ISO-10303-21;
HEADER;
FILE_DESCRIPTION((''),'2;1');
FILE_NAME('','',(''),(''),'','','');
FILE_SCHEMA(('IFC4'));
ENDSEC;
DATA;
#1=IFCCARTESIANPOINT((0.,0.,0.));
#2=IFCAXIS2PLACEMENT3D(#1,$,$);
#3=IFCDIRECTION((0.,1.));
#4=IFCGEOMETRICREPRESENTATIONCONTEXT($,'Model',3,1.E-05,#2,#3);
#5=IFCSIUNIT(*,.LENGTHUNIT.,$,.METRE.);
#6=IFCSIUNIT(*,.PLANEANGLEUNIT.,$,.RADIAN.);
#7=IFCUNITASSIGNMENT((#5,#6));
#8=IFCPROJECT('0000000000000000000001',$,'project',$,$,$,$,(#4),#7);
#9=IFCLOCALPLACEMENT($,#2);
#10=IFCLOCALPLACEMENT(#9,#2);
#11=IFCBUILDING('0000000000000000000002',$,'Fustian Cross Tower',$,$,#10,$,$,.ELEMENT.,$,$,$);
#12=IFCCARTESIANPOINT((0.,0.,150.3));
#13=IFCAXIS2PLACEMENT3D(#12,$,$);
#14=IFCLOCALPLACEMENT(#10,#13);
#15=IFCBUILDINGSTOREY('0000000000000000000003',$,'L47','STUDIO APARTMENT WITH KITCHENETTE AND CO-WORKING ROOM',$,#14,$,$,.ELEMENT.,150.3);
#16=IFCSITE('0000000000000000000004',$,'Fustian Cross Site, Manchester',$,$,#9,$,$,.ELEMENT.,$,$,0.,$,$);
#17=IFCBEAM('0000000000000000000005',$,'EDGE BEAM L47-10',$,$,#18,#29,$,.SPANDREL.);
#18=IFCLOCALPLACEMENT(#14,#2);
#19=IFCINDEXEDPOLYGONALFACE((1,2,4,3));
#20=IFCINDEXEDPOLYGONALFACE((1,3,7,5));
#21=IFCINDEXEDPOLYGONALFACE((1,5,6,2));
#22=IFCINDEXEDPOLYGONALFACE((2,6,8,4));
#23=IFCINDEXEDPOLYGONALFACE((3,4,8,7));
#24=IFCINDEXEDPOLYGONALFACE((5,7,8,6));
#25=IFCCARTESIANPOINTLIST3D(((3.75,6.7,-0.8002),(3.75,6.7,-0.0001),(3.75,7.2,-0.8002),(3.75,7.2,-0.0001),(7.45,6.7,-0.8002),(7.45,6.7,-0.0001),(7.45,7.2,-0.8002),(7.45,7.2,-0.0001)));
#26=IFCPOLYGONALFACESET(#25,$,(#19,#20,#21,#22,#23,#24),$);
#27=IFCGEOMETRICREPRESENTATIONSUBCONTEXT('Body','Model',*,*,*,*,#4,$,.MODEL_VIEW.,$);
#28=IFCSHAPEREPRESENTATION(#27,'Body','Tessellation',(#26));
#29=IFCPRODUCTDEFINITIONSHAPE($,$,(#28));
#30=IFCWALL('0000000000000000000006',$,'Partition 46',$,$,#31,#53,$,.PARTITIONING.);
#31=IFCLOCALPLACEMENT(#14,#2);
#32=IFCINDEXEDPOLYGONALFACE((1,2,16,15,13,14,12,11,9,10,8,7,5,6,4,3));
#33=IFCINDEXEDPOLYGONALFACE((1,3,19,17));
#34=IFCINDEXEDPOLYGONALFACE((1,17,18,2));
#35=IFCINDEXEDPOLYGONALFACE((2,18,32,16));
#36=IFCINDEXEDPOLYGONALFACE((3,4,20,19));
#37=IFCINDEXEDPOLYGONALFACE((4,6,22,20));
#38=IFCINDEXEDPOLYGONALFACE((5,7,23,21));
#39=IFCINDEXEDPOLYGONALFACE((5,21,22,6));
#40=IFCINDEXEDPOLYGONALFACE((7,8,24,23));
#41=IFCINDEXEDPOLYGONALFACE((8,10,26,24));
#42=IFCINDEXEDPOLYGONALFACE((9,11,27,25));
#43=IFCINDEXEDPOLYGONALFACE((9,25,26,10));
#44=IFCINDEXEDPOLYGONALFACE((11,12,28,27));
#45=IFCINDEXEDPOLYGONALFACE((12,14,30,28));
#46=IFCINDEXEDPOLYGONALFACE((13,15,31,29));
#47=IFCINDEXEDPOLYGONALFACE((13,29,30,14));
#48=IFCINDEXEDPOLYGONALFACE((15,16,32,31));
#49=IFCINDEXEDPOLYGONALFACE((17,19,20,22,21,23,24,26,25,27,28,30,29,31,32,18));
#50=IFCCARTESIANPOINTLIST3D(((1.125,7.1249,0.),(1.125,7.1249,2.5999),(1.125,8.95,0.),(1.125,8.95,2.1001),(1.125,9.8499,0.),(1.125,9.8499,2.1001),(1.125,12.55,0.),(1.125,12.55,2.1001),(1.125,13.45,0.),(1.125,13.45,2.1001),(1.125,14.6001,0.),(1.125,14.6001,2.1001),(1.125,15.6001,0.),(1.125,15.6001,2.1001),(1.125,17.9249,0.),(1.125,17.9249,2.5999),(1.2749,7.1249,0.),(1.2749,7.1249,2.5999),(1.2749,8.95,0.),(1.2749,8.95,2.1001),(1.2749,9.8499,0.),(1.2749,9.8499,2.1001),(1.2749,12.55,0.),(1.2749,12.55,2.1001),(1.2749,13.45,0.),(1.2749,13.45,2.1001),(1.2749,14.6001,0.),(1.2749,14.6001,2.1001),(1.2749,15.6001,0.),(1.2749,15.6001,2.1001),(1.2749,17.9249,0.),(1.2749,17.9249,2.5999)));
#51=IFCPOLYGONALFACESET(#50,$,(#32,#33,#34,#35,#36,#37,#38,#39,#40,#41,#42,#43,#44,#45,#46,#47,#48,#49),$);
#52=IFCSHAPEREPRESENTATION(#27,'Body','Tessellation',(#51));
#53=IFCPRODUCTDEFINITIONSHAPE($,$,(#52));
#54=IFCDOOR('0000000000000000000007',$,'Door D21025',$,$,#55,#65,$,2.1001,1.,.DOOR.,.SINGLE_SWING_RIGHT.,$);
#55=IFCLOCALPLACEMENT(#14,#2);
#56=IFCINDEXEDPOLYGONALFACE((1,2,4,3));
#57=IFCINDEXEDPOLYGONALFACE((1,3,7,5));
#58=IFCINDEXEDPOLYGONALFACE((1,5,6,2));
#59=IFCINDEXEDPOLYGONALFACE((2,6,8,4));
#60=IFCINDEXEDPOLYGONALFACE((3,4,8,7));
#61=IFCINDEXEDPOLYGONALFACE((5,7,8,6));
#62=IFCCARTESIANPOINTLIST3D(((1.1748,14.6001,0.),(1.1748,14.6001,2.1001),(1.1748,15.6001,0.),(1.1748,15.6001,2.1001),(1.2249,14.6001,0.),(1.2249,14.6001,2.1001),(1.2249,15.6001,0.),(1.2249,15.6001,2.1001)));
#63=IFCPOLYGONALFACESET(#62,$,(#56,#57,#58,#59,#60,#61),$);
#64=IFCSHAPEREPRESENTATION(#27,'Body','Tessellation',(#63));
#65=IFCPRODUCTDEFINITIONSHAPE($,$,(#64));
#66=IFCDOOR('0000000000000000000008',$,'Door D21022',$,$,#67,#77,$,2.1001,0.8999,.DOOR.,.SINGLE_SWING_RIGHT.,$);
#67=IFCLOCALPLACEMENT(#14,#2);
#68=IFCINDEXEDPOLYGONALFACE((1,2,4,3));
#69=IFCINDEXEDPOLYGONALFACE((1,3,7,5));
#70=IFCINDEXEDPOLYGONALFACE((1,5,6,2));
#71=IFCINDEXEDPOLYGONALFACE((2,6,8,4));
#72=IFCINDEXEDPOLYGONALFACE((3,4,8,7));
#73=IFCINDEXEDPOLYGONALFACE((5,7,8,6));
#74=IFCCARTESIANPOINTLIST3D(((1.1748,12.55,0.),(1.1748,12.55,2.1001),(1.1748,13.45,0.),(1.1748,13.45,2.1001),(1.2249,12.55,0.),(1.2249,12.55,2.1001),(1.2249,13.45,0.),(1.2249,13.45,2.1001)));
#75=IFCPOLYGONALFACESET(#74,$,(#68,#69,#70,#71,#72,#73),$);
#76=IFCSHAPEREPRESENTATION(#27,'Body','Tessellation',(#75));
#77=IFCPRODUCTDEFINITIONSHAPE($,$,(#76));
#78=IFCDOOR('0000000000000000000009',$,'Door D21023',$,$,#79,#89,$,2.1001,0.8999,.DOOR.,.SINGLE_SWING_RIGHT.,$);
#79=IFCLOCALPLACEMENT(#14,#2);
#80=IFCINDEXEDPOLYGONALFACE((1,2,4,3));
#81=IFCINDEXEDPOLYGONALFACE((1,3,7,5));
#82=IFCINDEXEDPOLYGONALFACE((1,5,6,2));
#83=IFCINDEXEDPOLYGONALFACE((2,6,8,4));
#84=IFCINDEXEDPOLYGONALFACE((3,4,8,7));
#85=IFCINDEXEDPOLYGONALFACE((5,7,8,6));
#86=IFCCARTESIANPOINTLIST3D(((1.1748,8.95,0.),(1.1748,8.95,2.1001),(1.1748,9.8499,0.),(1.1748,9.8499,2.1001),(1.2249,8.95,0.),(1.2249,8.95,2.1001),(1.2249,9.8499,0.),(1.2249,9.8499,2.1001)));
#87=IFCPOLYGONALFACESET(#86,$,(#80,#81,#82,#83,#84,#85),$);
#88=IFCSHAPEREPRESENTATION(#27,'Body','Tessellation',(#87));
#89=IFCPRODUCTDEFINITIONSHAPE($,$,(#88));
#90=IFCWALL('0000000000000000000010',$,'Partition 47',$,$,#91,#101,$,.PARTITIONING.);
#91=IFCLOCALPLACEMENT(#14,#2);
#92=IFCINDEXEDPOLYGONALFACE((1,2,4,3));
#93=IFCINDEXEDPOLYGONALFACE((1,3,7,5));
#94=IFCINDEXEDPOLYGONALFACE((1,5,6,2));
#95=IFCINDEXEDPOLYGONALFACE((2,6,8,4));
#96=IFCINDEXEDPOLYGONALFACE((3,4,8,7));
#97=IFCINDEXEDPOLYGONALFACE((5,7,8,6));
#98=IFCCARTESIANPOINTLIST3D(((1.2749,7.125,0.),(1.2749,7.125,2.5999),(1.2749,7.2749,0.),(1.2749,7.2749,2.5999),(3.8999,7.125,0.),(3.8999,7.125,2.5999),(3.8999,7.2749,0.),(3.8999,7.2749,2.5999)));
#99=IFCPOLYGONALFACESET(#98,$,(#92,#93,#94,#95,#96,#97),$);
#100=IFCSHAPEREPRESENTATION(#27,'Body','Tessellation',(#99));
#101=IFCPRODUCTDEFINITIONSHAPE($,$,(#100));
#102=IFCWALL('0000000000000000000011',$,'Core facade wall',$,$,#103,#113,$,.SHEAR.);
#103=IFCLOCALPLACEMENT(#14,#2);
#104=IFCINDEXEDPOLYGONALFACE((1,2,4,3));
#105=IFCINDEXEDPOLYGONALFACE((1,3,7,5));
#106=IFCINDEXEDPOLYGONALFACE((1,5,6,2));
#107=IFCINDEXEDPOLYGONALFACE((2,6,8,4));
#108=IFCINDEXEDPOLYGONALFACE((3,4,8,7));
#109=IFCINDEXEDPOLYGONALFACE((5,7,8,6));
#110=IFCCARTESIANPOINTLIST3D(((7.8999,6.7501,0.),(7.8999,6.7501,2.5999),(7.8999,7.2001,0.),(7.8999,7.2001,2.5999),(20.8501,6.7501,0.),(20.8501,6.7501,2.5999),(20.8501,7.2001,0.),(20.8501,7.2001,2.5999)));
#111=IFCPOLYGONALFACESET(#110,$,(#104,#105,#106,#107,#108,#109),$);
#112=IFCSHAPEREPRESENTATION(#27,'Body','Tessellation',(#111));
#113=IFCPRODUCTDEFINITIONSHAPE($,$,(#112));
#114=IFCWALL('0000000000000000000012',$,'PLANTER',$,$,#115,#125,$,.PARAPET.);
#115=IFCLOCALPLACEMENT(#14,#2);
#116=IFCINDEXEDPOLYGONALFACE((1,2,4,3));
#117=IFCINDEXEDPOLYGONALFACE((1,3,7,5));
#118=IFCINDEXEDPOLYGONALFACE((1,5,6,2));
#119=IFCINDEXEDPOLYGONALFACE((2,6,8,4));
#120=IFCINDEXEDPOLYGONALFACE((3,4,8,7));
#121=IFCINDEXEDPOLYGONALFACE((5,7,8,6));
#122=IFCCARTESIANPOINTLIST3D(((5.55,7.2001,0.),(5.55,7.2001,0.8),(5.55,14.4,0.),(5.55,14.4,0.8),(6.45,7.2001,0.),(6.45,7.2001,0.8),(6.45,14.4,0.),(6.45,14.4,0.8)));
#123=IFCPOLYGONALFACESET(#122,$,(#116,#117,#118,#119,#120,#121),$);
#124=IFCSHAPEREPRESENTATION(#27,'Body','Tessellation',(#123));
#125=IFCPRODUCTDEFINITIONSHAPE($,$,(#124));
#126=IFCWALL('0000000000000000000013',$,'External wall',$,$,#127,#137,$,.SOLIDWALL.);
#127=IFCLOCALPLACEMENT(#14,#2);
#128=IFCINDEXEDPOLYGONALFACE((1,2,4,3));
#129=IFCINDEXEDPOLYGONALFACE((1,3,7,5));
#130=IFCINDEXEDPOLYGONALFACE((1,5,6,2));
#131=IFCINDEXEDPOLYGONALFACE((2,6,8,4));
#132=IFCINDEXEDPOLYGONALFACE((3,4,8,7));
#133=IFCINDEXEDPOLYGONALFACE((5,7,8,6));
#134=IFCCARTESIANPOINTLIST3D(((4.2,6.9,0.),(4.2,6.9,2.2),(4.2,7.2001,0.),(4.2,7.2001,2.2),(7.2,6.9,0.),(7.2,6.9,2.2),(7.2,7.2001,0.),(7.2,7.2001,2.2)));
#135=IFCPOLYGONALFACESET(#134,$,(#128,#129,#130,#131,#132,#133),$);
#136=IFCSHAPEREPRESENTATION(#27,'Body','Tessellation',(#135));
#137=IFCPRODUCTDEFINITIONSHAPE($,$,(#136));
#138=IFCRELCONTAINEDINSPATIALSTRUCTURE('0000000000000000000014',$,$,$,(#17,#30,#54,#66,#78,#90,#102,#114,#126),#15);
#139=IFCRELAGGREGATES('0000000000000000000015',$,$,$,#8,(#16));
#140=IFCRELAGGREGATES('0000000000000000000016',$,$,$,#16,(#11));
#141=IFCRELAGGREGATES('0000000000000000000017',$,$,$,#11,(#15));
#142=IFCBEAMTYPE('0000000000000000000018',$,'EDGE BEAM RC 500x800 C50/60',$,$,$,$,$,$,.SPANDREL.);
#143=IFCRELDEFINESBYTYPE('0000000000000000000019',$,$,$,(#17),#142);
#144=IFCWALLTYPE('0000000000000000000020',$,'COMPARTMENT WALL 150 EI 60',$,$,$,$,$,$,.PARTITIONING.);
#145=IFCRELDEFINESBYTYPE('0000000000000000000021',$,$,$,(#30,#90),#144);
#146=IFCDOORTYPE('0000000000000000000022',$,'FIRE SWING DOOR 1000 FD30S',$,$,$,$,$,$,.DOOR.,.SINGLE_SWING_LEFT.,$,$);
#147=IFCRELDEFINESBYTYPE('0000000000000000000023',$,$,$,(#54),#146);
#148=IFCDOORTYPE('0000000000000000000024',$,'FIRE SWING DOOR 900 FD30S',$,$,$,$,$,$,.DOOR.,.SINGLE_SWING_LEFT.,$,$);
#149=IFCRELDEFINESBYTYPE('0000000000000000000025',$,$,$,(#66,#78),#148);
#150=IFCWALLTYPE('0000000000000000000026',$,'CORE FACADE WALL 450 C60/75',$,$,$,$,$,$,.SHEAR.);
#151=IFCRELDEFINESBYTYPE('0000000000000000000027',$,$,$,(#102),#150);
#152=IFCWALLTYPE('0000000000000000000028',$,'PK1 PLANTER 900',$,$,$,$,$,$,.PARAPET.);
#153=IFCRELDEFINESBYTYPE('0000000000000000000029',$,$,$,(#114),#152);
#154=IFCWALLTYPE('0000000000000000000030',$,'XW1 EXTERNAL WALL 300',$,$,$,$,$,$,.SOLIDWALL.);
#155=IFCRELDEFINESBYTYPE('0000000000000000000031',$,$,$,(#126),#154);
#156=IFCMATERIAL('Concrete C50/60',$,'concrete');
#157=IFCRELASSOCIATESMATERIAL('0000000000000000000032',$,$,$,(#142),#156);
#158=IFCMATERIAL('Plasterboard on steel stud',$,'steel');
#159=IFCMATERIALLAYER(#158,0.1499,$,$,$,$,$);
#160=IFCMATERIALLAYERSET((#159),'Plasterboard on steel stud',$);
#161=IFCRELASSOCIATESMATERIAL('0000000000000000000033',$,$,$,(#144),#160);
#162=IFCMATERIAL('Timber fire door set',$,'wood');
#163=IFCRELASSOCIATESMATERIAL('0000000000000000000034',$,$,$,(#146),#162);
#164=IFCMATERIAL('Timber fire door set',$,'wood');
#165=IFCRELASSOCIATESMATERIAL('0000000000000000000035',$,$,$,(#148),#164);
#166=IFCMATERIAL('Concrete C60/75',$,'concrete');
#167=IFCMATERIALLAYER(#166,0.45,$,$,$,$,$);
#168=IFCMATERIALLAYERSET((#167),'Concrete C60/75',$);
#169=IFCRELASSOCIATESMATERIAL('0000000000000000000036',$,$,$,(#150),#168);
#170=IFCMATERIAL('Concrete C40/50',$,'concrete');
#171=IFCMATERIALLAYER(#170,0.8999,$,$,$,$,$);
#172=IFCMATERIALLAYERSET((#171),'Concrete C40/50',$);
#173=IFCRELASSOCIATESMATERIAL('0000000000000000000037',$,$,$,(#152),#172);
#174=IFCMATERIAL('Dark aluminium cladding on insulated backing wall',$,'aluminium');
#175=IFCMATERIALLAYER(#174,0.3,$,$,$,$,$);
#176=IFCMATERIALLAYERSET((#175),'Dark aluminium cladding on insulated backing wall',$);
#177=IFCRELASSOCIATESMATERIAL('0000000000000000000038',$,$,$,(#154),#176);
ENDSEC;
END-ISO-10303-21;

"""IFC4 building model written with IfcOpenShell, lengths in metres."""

from ifc_helpers import new_model, si_unit, direction, frame, frame_2d, origin, origin_2d, place, context, subcontext, project, spatial, rectangle, extrude, material, layer, layer_set, material_profile, profile_set, type_object, element, fill, save


model = new_model("IFC4")

# Units and contexts
model_context = context("Model", 3, precision=1e-05, world=origin(), true_north=direction((0.0, 1.0)))
body_context = subcontext(model_context, "Body", "Model", "MODEL_VIEW")
ifc_project = project(units=[si_unit("LENGTHUNIT", "METRE"), si_unit("PLANEANGLEUNIT", "RADIAN")], contexts=[model_context])

# Site, building, storey
site_placement = place(None, origin())
site = spatial("IfcSite", under=ifc_project, at=site_placement, Name="Fustian Cross Site, Manchester", CompositionType="ELEMENT", RefElevation=0.0)
building_placement = place(site_placement, origin())
building = spatial("IfcBuilding", under=site, at=building_placement, Name="Fustian Cross Tower", CompositionType="ELEMENT")
storey_placement = place(building_placement, frame((0.0, 0.0, 150.3)))
storey = spatial("IfcBuildingStorey", under=building, at=storey_placement, Name="L47", Description="STUDIO APARTMENT WITH KITCHENETTE AND CO-WORKING ROOM", CompositionType="ELEMENT", Elevation=150.3)

# Beam
ifc_material_1 = material(Name="Concrete C50/60", Category="concrete")
ifc_material_profile = material_profile(ifc_material_1, rectangle(XDim=0.5, YDim=0.8, at=origin_2d()), Name="RC 500x800")
ifc_profile_set = profile_set([ifc_material_profile], Name="Concrete C50/60")
beam_type = type_object("IfcBeamType", Name="EDGE BEAM RC 500x800 C50/60", PredefinedType="SPANDREL", material=ifc_profile_set)
beam_placement = place(storey_placement, frame((7.45, 6.95, -0.4001), z_axis=(-1.0, 0.0, 0.0), x_axis=(0.0, -1.0, 0.0)))
element("IfcBeam", 1, at=beam_placement, inside=storey, type_object=beam_type, Name="EDGE BEAM L47-10", PredefinedType="SPANDREL", context=body_context, shape_type="SweptSolid", body=[
    extrude(rectangle(XDim=0.5, YDim=0.8, at=origin_2d()), origin(), (0.0, 0.0, 1.0), 3.7),
])

# Wall, openings, doors
ifc_material_2 = material(Name="Plasterboard on steel stud", Category="steel")
ifc_layer_1 = layer(ifc_material_2, 0.1499)
ifc_layer_set_1 = layer_set([ifc_layer_1], Name="Plasterboard on steel stud")
wall_type_1 = type_object("IfcWallType", Name="COMPARTMENT WALL 150 EI 60", PredefinedType="PARTITIONING", material=ifc_layer_set_1)
wall_1_placement = place(storey_placement, frame((1.2, 7.125, 0.0), z_axis=(0.0, 0.0, 1.0), x_axis=(0.0, 1.0, 0.0)))
wall_1 = element("IfcWall", 2, at=wall_1_placement, inside=storey, type_object=wall_type_1, Name="Partition 46", PredefinedType="PARTITIONING", context=body_context, shape_type="SweptSolid", body=[
    extrude(rectangle(XDim=10.8, YDim=0.1499, at=frame_2d((5.3999, 0.0))), origin(), (0.0, 0.0, 1.0), 2.5999),
])
opening_1_placement = place(wall_1_placement, frame((5.425, 0.0, 0.0)))
opening_1 = element("IfcOpeningElement", 3, at=opening_1_placement, cuts=wall_1, PredefinedType="OPENING", context=body_context, shape_type="SweptSolid", body=[
    extrude(rectangle(XDim=0.8999, YDim=2.1001, at=frame_2d((0.45, 1.05))), frame((0.0, 0.085, 0.0), z_axis=(0.0, -1.0, 0.0), x_axis=(1.0, 0.0, 0.0)), (0.0, 0.0, 1.0), 0.1699),
])
opening_2_placement = place(wall_1_placement, frame((1.825, 0.0, 0.0)))
opening_2 = element("IfcOpeningElement", 4, at=opening_2_placement, cuts=wall_1, PredefinedType="OPENING", context=body_context, shape_type="SweptSolid", body=[
    extrude(rectangle(XDim=0.8999, YDim=2.1001, at=frame_2d((0.45, 1.05))), frame((0.0, 0.085, 0.0), z_axis=(0.0, -1.0, 0.0), x_axis=(1.0, 0.0, 0.0)), (0.0, 0.0, 1.0), 0.1699),
])
opening_3_placement = place(wall_1_placement, frame((7.4751, 0.0, 0.0)))
opening_3 = element("IfcOpeningElement", 5, at=opening_3_placement, cuts=wall_1, PredefinedType="OPENING", context=body_context, shape_type="SweptSolid", body=[
    extrude(rectangle(XDim=1.0, YDim=2.1001, at=frame_2d((0.5, 1.05))), frame((0.0, 0.085, 0.0), z_axis=(0.0, -1.0, 0.0), x_axis=(1.0, 0.0, 0.0)), (0.0, 0.0, 1.0), 0.1699),
])
ifc_material_3 = material(Name="Timber fire door set", Category="wood")
door_type_1 = type_object("IfcDoorType", Name="FIRE SWING DOOR 1000 FD30S", OperationType="SINGLE_SWING_LEFT", PredefinedType="DOOR", material=ifc_material_3)
door_1_placement = place(opening_3_placement, frame((1.0, 0.0, 0.0), z_axis=(0.0, 0.0, 1.0), x_axis=(-1.0, 0.0, 0.0)))
door_1 = element("IfcDoor", 6, at=door_1_placement, inside=storey, type_object=door_type_1, Name="Door D21025", OperationType="SINGLE_SWING_RIGHT", OverallHeight=2.1001, OverallWidth=1.0, PredefinedType="DOOR", context=body_context, shape_type="SweptSolid", body=[
    extrude(rectangle(XDim=1.0, YDim=2.1001, at=frame_2d((0.5, 1.05))), frame((0.0, 0.0249, 0.0), z_axis=(0.0, -1.0, 0.0), x_axis=(1.0, 0.0, 0.0)), (0.0, 0.0, 1.0), 0.05),
])
fill(opening_3, door_1)
ifc_material_4 = material(Name="Timber fire door set", Category="wood")
door_type_2 = type_object("IfcDoorType", Name="FIRE SWING DOOR 900 FD30S", OperationType="SINGLE_SWING_LEFT", PredefinedType="DOOR", material=ifc_material_4)
door_2_placement = place(opening_1_placement, frame((0.8999, 0.0, 0.0), z_axis=(0.0, 0.0, 1.0), x_axis=(-1.0, 0.0, 0.0)))
door_2 = element("IfcDoor", 7, at=door_2_placement, inside=storey, type_object=door_type_2, Name="Door D21022", OperationType="SINGLE_SWING_RIGHT", OverallHeight=2.1001, OverallWidth=0.8999, PredefinedType="DOOR", context=body_context, shape_type="SweptSolid", body=[
    extrude(rectangle(XDim=0.8999, YDim=2.1001, at=frame_2d((0.45, 1.05))), frame((0.0, 0.0249, 0.0), z_axis=(0.0, -1.0, 0.0), x_axis=(1.0, 0.0, 0.0)), (0.0, 0.0, 1.0), 0.05),
])
fill(opening_1, door_2)
door_3_placement = place(opening_2_placement, frame((0.8999, 0.0, 0.0), z_axis=(0.0, 0.0, 1.0), x_axis=(-1.0, 0.0, 0.0)))
door_3 = element("IfcDoor", 8, at=door_3_placement, inside=storey, type_object=door_type_2, Name="Door D21023", OperationType="SINGLE_SWING_RIGHT", OverallHeight=2.1001, OverallWidth=0.8999, PredefinedType="DOOR", context=body_context, shape_type="SweptSolid", body=[
    extrude(rectangle(XDim=0.8999, YDim=2.1001, at=frame_2d((0.45, 1.05))), frame((0.0, 0.0249, 0.0), z_axis=(0.0, -1.0, 0.0), x_axis=(1.0, 0.0, 0.0)), (0.0, 0.0, 1.0), 0.05),
])
fill(opening_2, door_3)

# Walls
wall_2_placement = place(storey_placement, frame((1.2749, 7.2, 0.0), z_axis=(0.0, 0.0, 1.0), x_axis=(1.0, 0.0, 0.0)))
element("IfcWall", 9, at=wall_2_placement, inside=storey, type_object=wall_type_1, Name="Partition 47", PredefinedType="PARTITIONING", context=body_context, shape_type="SweptSolid", body=[
    extrude(rectangle(XDim=2.625, YDim=0.1499, at=frame_2d((1.3125, 0.0))), origin(), (0.0, 0.0, 1.0), 2.5999),
])
ifc_material_5 = material(Name="Concrete C60/75", Category="concrete")
ifc_layer_2 = layer(ifc_material_5, 0.45)
ifc_layer_set_2 = layer_set([ifc_layer_2], Name="Concrete C60/75")
wall_type_2 = type_object("IfcWallType", Name="CORE FACADE WALL 450 C60/75", PredefinedType="SHEAR", material=ifc_layer_set_2)
wall_3_placement = place(storey_placement, frame((7.8999, 6.9751, 0.0), z_axis=(0.0, 0.0, 1.0), x_axis=(1.0, 0.0, 0.0)))
element("IfcWall", 10, at=wall_3_placement, inside=storey, type_object=wall_type_2, Name="Core facade wall", PredefinedType="SHEAR", context=body_context, shape_type="SweptSolid", body=[
    extrude(rectangle(XDim=12.9502, YDim=0.45, at=frame_2d((6.4751, 0.0))), origin(), (0.0, 0.0, 1.0), 2.5999),
])
ifc_material_6 = material(Name="Concrete C40/50", Category="concrete")
ifc_layer_3 = layer(ifc_material_6, 0.8999)
ifc_layer_set_3 = layer_set([ifc_layer_3], Name="Concrete C40/50")
wall_type_3 = type_object("IfcWallType", Name="PK1 PLANTER 900", PredefinedType="PARAPET", material=ifc_layer_set_3)
wall_4_placement = place(storey_placement, frame((6.0, 7.2, 0.0), z_axis=(0.0, 0.0, 1.0), x_axis=(0.0, 1.0, 0.0)))
element("IfcWall", 11, at=wall_4_placement, inside=storey, type_object=wall_type_3, Name="PLANTER", PredefinedType="PARAPET", context=body_context, shape_type="SweptSolid", body=[
    extrude(rectangle(XDim=7.2, YDim=0.8999, at=frame_2d((3.6001, 0.0))), origin(), (0.0, 0.0, 1.0), 0.8),
])
ifc_material_7 = material(Name="Dark aluminium cladding on insulated backing wall", Category="aluminium")
ifc_layer_4 = layer(ifc_material_7, 0.3)
ifc_layer_set_4 = layer_set([ifc_layer_4], Name="Dark aluminium cladding on insulated backing wall")
wall_type_4 = type_object("IfcWallType", Name="XW1 EXTERNAL WALL 300", PredefinedType="SOLIDWALL", material=ifc_layer_set_4)
wall_5_placement = place(storey_placement, frame((7.2, 7.05, 0.0), z_axis=(0.0, 0.0, 1.0), x_axis=(-1.0, 0.0, 0.0)))
element("IfcWall", 12, at=wall_5_placement, inside=storey, type_object=wall_type_4, Name="External wall", PredefinedType="SOLIDWALL", context=body_context, shape_type="SweptSolid", body=[
    extrude(rectangle(XDim=3.0, YDim=0.3, at=frame_2d((1.5, 0.0))), origin(), (0.0, 0.0, 1.0), 2.2),
])

save(model, "model.ifc")
